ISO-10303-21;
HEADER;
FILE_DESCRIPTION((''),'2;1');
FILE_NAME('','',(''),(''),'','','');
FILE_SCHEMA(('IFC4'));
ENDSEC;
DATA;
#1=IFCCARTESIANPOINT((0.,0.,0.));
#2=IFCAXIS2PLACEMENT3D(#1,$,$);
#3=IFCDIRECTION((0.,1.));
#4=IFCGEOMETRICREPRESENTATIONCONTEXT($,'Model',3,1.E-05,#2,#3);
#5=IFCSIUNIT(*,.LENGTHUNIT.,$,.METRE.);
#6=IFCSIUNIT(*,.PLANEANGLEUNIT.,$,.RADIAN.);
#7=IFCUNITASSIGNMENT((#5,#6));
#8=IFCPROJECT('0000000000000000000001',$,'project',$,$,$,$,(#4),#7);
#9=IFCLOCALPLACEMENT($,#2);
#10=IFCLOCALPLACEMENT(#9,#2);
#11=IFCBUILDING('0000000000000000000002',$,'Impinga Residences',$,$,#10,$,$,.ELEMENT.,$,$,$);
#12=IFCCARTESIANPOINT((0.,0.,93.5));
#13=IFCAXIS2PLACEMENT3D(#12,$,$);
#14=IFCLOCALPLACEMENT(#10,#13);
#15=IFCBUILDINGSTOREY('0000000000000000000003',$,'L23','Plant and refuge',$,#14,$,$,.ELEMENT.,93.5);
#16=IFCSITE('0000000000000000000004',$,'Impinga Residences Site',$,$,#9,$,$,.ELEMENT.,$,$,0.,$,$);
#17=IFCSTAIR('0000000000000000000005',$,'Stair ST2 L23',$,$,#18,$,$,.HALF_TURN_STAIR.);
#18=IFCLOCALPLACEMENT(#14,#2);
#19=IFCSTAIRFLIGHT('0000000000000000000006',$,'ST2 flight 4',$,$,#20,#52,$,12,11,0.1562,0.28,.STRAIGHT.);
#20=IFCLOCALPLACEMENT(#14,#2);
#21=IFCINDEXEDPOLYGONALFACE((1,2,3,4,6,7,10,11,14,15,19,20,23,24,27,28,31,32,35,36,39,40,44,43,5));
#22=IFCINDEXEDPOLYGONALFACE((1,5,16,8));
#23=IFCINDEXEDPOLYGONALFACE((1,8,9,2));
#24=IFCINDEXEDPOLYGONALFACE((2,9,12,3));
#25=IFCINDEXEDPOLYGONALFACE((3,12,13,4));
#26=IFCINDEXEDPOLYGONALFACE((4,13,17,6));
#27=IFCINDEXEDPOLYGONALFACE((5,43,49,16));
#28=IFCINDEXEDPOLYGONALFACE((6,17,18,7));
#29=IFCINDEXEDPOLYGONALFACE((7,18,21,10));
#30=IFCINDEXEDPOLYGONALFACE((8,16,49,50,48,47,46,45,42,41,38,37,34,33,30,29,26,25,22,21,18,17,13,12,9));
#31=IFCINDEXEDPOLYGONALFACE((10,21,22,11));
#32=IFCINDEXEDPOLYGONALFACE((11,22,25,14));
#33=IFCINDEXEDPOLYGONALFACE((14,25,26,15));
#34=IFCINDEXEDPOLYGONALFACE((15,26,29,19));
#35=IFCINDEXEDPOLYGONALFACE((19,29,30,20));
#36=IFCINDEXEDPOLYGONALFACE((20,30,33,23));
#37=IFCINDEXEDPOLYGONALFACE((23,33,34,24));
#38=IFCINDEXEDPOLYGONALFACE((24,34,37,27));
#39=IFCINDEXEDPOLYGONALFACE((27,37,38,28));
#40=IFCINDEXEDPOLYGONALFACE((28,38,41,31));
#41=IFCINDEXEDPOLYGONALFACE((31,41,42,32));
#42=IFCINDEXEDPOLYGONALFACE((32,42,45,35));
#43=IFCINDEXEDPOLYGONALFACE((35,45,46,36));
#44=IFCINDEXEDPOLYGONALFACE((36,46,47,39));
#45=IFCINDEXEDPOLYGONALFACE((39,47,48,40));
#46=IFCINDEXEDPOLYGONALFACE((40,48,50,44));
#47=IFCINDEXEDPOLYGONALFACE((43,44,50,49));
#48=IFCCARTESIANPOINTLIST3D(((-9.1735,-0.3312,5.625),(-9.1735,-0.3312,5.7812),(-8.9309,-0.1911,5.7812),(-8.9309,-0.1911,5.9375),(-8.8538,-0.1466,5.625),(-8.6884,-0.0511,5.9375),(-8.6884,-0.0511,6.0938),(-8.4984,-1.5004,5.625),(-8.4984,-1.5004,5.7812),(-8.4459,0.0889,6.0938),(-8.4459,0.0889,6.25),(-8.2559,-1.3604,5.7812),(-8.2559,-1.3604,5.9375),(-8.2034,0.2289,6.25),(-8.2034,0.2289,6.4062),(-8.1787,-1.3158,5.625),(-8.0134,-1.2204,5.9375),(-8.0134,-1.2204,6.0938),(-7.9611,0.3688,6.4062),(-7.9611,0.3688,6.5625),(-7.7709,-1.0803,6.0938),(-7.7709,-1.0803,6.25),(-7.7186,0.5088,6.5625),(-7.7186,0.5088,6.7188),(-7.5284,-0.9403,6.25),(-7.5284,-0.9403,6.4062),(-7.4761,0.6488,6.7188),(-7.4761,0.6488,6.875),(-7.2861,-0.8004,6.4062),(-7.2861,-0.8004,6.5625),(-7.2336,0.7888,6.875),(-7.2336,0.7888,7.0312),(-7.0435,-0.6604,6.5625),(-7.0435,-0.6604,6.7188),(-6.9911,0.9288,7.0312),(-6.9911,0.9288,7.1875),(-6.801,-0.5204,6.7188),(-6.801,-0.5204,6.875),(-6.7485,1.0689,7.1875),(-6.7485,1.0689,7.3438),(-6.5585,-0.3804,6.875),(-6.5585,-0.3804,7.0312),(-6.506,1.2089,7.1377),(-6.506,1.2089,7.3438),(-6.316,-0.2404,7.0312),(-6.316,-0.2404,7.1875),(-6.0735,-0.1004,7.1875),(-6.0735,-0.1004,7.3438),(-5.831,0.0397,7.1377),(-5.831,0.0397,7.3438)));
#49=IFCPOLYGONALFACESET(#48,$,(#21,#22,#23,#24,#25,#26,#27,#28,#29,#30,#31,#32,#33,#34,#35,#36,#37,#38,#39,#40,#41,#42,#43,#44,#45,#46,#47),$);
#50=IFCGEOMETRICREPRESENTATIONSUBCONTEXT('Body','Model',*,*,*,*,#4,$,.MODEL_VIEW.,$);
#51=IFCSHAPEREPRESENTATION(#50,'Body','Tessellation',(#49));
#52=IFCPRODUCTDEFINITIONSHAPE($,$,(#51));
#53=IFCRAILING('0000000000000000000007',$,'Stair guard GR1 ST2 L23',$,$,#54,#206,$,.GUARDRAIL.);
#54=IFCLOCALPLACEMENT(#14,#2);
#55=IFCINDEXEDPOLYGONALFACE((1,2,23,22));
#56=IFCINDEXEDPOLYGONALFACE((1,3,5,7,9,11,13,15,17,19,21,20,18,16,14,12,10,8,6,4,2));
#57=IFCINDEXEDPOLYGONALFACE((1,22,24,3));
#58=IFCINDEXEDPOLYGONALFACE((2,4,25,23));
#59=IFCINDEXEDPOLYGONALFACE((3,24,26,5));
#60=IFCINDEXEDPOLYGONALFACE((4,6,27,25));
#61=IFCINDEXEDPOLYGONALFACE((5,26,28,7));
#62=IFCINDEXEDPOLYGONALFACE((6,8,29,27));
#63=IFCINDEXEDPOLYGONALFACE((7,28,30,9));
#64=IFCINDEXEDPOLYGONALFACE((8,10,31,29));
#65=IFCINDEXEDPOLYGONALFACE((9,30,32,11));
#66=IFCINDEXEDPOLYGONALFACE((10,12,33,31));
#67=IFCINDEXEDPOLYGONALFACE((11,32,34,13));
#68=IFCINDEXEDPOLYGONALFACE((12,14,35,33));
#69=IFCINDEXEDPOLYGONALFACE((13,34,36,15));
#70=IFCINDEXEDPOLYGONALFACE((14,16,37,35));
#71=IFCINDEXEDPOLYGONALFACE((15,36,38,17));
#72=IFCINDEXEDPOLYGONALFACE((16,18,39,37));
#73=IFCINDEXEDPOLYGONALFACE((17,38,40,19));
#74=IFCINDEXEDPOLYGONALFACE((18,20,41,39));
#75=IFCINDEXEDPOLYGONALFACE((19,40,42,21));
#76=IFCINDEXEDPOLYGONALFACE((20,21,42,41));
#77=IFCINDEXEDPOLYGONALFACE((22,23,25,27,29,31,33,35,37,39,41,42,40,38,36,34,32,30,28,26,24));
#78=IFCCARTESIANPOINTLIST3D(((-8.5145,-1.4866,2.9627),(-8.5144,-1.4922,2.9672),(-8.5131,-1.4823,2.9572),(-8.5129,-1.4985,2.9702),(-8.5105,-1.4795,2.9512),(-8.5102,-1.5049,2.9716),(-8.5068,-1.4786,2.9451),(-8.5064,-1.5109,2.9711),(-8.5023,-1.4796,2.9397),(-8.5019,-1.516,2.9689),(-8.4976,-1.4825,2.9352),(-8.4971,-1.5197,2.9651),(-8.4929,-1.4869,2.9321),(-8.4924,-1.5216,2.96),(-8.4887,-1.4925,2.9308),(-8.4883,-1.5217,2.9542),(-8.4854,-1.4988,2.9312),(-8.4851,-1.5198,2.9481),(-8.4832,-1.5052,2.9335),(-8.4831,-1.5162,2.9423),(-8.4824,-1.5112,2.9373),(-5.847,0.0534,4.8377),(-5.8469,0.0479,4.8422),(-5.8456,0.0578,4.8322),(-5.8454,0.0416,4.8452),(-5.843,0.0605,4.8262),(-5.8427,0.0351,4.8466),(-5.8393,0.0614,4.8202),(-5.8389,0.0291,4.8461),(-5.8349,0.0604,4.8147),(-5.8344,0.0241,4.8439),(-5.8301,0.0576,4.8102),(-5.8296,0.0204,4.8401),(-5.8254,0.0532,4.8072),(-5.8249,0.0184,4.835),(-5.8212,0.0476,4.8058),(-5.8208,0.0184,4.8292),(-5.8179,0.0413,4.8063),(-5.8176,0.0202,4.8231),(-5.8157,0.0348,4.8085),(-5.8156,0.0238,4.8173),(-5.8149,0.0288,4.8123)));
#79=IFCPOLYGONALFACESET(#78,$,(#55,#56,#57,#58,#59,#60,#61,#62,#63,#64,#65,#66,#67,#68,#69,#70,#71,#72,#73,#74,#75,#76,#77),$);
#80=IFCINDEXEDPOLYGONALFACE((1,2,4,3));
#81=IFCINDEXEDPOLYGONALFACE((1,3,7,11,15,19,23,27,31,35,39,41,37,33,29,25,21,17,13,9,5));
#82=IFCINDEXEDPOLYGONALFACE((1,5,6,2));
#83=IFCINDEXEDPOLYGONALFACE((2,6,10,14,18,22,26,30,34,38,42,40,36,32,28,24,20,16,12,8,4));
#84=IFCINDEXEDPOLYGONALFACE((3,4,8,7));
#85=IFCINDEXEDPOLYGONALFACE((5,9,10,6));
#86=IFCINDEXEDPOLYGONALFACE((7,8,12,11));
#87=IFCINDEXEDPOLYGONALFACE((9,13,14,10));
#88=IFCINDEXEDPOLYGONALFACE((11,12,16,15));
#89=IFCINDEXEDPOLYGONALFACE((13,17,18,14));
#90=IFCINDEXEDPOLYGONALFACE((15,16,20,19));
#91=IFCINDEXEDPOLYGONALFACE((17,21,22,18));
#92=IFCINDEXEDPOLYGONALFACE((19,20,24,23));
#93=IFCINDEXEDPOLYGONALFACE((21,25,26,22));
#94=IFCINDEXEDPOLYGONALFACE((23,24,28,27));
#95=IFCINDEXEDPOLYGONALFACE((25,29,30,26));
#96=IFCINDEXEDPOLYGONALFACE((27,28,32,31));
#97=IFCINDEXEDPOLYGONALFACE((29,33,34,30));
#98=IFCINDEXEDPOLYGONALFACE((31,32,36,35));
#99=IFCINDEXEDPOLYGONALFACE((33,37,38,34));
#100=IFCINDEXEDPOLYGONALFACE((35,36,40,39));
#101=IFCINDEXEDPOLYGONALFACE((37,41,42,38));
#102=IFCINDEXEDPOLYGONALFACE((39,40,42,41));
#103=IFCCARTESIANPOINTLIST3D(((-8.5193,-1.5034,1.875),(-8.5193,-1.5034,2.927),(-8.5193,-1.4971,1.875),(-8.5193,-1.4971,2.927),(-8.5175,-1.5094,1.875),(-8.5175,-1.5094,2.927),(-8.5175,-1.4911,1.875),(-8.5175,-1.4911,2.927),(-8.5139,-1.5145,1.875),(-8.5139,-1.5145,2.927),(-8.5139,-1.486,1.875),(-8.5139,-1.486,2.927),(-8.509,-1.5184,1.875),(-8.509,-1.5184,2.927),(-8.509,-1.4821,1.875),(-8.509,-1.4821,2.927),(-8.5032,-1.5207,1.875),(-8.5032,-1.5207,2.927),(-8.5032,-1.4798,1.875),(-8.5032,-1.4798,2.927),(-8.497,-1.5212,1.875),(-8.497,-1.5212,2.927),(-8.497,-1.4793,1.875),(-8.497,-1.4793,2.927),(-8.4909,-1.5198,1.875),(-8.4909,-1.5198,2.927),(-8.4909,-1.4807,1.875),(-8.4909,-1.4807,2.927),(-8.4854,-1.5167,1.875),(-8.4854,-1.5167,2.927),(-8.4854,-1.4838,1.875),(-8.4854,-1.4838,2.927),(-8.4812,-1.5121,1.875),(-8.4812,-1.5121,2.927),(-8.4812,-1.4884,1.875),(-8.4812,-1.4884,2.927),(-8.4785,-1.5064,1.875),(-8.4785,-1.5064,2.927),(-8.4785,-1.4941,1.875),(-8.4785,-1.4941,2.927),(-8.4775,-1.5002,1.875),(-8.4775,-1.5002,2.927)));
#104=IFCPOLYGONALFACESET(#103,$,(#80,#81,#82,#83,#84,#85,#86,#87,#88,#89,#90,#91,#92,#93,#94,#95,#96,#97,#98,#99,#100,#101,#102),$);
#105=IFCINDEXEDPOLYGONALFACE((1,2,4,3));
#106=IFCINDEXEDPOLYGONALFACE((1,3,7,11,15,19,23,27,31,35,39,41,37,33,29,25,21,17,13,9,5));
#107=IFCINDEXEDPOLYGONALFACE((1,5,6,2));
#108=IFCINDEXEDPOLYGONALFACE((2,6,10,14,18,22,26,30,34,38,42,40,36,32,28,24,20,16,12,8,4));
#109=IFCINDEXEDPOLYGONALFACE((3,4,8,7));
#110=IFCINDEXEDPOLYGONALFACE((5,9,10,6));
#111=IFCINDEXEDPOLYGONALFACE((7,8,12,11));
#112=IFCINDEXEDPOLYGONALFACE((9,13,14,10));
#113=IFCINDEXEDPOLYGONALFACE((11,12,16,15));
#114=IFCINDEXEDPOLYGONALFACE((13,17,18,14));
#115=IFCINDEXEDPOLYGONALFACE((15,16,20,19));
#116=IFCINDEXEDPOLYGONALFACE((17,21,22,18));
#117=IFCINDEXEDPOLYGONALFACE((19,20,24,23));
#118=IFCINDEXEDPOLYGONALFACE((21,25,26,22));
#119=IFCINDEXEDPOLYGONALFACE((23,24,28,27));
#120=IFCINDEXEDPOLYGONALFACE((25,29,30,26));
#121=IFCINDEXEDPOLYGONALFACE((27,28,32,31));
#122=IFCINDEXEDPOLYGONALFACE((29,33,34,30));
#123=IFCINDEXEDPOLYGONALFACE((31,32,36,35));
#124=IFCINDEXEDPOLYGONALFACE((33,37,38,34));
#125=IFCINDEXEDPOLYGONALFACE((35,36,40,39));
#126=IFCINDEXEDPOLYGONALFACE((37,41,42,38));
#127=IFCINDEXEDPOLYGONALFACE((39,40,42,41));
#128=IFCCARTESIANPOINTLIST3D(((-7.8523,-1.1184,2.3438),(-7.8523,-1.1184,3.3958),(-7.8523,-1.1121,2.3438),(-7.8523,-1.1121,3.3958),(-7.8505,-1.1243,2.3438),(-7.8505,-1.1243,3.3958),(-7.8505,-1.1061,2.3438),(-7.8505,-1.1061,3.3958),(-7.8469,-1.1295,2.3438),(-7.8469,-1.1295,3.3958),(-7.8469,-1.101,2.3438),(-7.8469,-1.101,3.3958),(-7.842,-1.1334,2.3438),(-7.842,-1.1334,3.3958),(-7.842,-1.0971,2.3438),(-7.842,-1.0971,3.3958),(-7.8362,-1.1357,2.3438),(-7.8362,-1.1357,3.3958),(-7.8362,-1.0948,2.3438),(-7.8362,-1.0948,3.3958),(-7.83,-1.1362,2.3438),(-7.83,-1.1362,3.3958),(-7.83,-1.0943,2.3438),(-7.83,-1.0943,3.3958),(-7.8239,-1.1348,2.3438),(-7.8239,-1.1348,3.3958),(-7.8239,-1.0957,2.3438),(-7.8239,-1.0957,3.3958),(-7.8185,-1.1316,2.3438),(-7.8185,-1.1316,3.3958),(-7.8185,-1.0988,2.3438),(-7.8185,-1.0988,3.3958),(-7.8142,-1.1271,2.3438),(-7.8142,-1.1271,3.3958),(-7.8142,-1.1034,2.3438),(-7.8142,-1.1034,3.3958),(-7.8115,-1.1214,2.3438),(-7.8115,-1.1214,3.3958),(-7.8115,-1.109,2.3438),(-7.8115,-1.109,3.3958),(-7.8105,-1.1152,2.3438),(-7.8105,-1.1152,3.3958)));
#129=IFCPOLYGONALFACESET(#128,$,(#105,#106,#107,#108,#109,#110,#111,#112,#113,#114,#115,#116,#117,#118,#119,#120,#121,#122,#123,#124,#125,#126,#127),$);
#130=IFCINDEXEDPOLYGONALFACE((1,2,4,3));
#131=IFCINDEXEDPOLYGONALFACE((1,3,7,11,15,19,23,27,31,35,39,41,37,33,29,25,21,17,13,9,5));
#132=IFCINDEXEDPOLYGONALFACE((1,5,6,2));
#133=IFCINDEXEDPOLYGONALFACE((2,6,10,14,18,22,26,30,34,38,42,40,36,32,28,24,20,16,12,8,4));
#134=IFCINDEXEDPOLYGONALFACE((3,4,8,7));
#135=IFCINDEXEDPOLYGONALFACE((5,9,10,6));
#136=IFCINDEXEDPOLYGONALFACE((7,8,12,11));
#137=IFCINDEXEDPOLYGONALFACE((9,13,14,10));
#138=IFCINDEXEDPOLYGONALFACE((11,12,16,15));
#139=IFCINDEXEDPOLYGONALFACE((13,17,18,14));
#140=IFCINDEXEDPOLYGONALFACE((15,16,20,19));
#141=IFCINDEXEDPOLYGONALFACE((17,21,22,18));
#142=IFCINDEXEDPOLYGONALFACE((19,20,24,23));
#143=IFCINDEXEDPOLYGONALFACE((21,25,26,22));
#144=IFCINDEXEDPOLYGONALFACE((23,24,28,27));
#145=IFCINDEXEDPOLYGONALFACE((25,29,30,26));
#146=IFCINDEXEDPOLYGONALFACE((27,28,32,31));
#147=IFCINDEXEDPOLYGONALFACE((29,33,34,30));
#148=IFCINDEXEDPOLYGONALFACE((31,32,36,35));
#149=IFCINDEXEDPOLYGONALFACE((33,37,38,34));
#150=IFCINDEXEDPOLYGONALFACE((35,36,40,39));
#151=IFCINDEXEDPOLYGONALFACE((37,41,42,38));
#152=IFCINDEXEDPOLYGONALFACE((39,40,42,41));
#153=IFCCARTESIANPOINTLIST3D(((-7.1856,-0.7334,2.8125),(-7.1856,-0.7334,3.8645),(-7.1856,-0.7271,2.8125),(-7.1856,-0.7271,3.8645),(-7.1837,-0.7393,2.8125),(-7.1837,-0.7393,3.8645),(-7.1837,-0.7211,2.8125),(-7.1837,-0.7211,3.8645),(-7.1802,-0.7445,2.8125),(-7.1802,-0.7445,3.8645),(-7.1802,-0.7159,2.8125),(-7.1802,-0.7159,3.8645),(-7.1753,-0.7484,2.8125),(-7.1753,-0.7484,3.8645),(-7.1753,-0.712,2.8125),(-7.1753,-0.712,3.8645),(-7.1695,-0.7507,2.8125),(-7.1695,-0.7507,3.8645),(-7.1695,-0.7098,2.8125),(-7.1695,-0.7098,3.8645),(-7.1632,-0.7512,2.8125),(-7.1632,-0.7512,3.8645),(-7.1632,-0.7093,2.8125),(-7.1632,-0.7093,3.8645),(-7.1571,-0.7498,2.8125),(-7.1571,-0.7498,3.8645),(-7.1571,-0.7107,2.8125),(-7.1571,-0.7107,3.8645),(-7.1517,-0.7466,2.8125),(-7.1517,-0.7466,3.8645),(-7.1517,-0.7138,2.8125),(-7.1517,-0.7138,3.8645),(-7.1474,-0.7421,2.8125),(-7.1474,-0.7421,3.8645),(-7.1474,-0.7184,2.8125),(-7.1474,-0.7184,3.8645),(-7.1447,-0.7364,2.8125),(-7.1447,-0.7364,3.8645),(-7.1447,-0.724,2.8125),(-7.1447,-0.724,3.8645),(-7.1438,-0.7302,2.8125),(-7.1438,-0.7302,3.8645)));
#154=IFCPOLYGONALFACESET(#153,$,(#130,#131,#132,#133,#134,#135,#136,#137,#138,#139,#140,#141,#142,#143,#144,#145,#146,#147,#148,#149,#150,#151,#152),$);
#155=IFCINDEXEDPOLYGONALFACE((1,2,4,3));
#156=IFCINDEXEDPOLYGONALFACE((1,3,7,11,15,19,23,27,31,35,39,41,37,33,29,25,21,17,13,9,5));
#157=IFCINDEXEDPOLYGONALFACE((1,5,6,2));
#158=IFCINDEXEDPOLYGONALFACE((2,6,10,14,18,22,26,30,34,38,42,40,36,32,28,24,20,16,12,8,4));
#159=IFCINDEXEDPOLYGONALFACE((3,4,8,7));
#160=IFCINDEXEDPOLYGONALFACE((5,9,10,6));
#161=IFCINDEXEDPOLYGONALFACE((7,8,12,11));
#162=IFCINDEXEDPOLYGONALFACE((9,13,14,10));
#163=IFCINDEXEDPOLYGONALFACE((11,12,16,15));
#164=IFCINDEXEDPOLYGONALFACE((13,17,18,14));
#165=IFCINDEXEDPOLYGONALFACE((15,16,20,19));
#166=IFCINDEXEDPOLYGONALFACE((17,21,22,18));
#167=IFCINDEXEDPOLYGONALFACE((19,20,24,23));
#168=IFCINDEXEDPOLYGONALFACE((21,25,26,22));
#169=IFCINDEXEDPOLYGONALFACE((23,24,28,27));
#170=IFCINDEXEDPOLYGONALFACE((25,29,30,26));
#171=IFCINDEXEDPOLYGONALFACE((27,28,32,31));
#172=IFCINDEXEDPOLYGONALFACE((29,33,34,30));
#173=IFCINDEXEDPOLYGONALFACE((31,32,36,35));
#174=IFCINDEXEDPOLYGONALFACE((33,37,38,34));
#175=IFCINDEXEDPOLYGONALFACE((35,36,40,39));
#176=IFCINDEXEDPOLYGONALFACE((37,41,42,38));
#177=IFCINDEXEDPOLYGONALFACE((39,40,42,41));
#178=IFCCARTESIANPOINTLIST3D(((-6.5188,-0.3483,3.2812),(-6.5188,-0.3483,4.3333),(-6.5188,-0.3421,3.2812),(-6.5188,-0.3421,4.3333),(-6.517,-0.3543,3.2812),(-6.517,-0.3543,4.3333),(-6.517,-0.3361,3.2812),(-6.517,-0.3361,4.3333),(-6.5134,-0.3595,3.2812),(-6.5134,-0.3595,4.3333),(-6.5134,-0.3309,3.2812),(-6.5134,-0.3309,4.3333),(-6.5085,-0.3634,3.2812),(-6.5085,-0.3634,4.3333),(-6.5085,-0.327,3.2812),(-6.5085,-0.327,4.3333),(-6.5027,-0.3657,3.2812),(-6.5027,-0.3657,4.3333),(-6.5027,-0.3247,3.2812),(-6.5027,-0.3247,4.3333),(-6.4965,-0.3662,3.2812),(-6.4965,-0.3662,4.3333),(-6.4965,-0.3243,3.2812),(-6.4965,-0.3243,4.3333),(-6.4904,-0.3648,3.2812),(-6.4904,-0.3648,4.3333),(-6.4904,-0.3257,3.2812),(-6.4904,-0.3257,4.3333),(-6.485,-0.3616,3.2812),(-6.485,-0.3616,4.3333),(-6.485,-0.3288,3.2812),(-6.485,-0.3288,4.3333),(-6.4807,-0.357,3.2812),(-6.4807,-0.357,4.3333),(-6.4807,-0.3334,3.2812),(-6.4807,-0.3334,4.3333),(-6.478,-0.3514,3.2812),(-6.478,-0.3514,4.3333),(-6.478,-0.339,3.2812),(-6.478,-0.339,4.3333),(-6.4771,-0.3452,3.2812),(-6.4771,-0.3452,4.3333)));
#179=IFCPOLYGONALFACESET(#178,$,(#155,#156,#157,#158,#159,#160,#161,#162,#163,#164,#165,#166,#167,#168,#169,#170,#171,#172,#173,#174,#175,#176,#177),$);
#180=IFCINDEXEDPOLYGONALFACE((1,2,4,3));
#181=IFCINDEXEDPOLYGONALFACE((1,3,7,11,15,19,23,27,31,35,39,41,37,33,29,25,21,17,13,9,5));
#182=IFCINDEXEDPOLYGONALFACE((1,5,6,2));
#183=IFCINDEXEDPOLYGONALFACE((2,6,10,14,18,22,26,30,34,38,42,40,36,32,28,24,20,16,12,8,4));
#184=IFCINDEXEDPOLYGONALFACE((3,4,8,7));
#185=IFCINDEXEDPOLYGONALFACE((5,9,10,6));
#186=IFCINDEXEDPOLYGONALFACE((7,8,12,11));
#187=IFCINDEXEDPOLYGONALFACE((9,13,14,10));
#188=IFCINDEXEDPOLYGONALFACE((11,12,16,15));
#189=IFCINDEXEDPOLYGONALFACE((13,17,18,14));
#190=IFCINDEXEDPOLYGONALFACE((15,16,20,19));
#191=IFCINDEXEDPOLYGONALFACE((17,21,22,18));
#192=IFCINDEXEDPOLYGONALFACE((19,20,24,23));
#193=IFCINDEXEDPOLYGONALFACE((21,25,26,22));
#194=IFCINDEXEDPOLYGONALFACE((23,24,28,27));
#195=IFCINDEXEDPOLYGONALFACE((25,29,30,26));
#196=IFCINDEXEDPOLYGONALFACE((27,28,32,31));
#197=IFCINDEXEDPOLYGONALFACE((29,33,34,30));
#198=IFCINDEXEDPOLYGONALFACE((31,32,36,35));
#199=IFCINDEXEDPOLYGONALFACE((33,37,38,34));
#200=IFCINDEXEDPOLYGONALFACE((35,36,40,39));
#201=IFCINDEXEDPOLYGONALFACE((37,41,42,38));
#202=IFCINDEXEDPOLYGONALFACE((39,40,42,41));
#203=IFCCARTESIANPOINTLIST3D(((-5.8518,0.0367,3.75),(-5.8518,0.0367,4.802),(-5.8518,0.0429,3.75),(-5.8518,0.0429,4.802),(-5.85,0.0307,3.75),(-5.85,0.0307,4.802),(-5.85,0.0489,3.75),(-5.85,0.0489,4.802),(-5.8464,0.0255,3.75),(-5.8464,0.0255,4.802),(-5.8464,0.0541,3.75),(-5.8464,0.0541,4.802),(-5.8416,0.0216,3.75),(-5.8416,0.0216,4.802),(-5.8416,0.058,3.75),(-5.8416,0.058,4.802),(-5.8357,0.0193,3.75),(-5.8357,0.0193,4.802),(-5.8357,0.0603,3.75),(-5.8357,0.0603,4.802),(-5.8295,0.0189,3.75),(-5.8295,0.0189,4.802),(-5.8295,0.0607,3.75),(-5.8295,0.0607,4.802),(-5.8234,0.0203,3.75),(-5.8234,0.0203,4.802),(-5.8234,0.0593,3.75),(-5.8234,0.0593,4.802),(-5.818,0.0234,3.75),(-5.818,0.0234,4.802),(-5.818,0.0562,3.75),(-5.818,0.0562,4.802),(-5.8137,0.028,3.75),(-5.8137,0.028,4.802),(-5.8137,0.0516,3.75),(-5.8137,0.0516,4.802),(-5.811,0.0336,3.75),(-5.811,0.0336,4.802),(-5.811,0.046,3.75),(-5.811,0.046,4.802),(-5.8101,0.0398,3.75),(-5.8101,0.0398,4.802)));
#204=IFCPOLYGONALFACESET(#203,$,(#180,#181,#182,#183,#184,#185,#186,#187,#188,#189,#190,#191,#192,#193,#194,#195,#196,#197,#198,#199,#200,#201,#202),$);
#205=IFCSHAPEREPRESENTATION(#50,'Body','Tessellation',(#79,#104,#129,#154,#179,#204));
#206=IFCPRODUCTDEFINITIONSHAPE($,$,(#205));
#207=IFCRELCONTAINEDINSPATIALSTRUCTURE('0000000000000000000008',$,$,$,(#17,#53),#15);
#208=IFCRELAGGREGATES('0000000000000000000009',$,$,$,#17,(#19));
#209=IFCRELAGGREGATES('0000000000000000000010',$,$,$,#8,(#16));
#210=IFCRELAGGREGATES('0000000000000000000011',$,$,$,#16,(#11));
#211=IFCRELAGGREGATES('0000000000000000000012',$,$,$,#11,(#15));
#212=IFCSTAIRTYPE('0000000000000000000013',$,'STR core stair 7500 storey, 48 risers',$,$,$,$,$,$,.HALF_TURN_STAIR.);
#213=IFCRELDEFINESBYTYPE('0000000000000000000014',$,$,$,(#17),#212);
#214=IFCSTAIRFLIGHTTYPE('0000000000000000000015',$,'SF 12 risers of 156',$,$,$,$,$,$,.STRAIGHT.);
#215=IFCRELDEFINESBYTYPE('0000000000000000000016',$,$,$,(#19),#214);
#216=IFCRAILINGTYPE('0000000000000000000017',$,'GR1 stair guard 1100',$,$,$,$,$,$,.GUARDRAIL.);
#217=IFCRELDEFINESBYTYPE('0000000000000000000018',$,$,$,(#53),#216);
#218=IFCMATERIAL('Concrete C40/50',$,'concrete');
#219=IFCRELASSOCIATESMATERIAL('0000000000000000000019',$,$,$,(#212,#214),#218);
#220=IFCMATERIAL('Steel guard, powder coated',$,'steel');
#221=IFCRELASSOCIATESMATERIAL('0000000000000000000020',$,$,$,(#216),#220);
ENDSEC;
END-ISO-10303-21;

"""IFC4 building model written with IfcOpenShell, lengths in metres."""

from ifc_helpers import new_model, si_unit, direction, frame, origin, origin_2d, place, context, subcontext, project, spatial, polyline, circle, outline, extrude, material, type_object, element, aggregate, save


model = new_model("IFC4")

# Units and contexts
model_context = context("Model", 3, precision=1e-05, world=origin(), true_north=direction((0.0, 1.0)))
body_context = subcontext(model_context, "Body", "Model", "MODEL_VIEW")
ifc_project = project(units=[si_unit("LENGTHUNIT", "METRE"), si_unit("PLANEANGLEUNIT", "RADIAN")], contexts=[model_context])

# Site, building, storey
site_placement = place(None, origin())
site = spatial("IfcSite", under=ifc_project, at=site_placement, Name="Impinga Residences Site", CompositionType="ELEMENT", RefElevation=0.0)
building_placement = place(site_placement, origin())
building = spatial("IfcBuilding", under=site, at=building_placement, Name="Impinga Residences", CompositionType="ELEMENT")
storey_placement = place(building_placement, frame((0.0, 0.0, 93.5)))
storey = spatial("IfcBuildingStorey", under=building, at=storey_placement, Name="L23", Description="Plant and refuge", CompositionType="ELEMENT", Elevation=93.5)

# Stair
ifc_material_1 = material(Name="Concrete C40/50", Category="concrete")
stair_type = type_object("IfcStairType", Name="STR core stair 7500 storey, 48 risers", PredefinedType="HALF_TURN_STAIR", material=ifc_material_1)
stair_1_placement = place(storey_placement, origin())
stair_1 = element("IfcStair", 1, at=stair_1_placement, inside=storey, type_object=stair_type, Name="Stair ST2 L23", PredefinedType="HALF_TURN_STAIR")

# Stair flight
stair_flight_type = type_object("IfcStairFlightType", Name="SF 12 risers of 156", PredefinedType="STRAIGHT", material=ifc_material_1)
stair_flight_1_placement = place(storey_placement, frame((-8.8359, -0.9158, 5.625), z_axis=(0.0, 0.0, 1.0), x_axis=(0.866025, 0.5, 0.0)))
stair_flight_1 = element("IfcStairFlight", 2, at=stair_flight_1_placement, type_object=stair_flight_type, Name="ST2 flight 4", NumberOfRisers=12, NumberOfTreads=11, PredefinedType="STRAIGHT", RiserHeight=0.1562, TreadLength=0.28, context=body_context, shape_type="SweptSolid", body=[
    extrude(outline(polyline([(0.0, 0.0), (0.0, 0.1562), (0.28, 0.1562), (0.28, 0.3125), (0.5601, 0.3125), (0.5601, 0.4688), (0.8401, 0.4688), (0.8401, 0.625), (1.1201, 0.625), (1.1201, 0.7812), (1.3999, 0.7812), (1.3999, 0.9375), (1.6799, 0.9375), (1.6799, 1.0938), (1.96, 1.0938), (1.96, 1.25), (2.24, 1.25), (2.24, 1.4062), (2.52, 1.4062), (2.52, 1.5625), (2.8, 1.5625), (2.8, 1.7188), (3.0801, 1.7188), (3.0801, 1.875), (3.0801, 1.5127), (0.3691, 0.0), (0.0, 0.0)])), frame((0.0, 0.675, 0.0), z_axis=(0.0, -1.0, 0.0), x_axis=(1.0, 0.0, 0.0)), (0.0, 0.0, 1.0), 1.3501),
])
aggregate(stair_1, [stair_flight_1])

# Railing
ifc_material_2 = material(Name="Steel guard, powder coated", Category="steel")
railing_type_1 = type_object("IfcRailingType", Name="GR1 stair guard 1100", PredefinedType="GUARDRAIL", material=ifc_material_2)
for number, where, name in (
    (3, (-8.4985, -1.5002, 1.875), "Stair guard GR1 ST2 L23"),
):
    element("IfcRailing", number, at=place(storey_placement, frame(where)), inside=storey, type_object=railing_type_1, Name=name, PredefinedType="GUARDRAIL", context=body_context, shape_type="SweptSolid", body=[
        extrude(circle(Radius=0.0239, at=origin_2d()), frame((0.0, 0.0, 1.0762), z_axis=(0.739746, 0.427084, 0.519975), x_axis=(-0.499992, 0.86603, 0.0)), (0.0, 0.0, 1.0), 3.606),
        extrude(circle(Radius=0.021, at=origin_2d()), origin(), (0.0, 0.0, 1.0), 1.052),
        extrude(circle(Radius=0.021, at=origin_2d()), frame((0.667, 0.385, 0.4688)), (0.0, 0.0, 1.0), 1.052),
        extrude(circle(Radius=0.021, at=origin_2d()), frame((1.3337, 0.77, 0.9375)), (0.0, 0.0, 1.0), 1.052),
        extrude(circle(Radius=0.021, at=origin_2d()), frame((2.0005, 1.155, 1.4062)), (0.0, 0.0, 1.0), 1.052),
        extrude(circle(Radius=0.021, at=origin_2d()), frame((2.6675, 1.54, 1.875)), (0.0, 0.0, 1.0), 1.052),
    ])

save(model, "model.ifc")
